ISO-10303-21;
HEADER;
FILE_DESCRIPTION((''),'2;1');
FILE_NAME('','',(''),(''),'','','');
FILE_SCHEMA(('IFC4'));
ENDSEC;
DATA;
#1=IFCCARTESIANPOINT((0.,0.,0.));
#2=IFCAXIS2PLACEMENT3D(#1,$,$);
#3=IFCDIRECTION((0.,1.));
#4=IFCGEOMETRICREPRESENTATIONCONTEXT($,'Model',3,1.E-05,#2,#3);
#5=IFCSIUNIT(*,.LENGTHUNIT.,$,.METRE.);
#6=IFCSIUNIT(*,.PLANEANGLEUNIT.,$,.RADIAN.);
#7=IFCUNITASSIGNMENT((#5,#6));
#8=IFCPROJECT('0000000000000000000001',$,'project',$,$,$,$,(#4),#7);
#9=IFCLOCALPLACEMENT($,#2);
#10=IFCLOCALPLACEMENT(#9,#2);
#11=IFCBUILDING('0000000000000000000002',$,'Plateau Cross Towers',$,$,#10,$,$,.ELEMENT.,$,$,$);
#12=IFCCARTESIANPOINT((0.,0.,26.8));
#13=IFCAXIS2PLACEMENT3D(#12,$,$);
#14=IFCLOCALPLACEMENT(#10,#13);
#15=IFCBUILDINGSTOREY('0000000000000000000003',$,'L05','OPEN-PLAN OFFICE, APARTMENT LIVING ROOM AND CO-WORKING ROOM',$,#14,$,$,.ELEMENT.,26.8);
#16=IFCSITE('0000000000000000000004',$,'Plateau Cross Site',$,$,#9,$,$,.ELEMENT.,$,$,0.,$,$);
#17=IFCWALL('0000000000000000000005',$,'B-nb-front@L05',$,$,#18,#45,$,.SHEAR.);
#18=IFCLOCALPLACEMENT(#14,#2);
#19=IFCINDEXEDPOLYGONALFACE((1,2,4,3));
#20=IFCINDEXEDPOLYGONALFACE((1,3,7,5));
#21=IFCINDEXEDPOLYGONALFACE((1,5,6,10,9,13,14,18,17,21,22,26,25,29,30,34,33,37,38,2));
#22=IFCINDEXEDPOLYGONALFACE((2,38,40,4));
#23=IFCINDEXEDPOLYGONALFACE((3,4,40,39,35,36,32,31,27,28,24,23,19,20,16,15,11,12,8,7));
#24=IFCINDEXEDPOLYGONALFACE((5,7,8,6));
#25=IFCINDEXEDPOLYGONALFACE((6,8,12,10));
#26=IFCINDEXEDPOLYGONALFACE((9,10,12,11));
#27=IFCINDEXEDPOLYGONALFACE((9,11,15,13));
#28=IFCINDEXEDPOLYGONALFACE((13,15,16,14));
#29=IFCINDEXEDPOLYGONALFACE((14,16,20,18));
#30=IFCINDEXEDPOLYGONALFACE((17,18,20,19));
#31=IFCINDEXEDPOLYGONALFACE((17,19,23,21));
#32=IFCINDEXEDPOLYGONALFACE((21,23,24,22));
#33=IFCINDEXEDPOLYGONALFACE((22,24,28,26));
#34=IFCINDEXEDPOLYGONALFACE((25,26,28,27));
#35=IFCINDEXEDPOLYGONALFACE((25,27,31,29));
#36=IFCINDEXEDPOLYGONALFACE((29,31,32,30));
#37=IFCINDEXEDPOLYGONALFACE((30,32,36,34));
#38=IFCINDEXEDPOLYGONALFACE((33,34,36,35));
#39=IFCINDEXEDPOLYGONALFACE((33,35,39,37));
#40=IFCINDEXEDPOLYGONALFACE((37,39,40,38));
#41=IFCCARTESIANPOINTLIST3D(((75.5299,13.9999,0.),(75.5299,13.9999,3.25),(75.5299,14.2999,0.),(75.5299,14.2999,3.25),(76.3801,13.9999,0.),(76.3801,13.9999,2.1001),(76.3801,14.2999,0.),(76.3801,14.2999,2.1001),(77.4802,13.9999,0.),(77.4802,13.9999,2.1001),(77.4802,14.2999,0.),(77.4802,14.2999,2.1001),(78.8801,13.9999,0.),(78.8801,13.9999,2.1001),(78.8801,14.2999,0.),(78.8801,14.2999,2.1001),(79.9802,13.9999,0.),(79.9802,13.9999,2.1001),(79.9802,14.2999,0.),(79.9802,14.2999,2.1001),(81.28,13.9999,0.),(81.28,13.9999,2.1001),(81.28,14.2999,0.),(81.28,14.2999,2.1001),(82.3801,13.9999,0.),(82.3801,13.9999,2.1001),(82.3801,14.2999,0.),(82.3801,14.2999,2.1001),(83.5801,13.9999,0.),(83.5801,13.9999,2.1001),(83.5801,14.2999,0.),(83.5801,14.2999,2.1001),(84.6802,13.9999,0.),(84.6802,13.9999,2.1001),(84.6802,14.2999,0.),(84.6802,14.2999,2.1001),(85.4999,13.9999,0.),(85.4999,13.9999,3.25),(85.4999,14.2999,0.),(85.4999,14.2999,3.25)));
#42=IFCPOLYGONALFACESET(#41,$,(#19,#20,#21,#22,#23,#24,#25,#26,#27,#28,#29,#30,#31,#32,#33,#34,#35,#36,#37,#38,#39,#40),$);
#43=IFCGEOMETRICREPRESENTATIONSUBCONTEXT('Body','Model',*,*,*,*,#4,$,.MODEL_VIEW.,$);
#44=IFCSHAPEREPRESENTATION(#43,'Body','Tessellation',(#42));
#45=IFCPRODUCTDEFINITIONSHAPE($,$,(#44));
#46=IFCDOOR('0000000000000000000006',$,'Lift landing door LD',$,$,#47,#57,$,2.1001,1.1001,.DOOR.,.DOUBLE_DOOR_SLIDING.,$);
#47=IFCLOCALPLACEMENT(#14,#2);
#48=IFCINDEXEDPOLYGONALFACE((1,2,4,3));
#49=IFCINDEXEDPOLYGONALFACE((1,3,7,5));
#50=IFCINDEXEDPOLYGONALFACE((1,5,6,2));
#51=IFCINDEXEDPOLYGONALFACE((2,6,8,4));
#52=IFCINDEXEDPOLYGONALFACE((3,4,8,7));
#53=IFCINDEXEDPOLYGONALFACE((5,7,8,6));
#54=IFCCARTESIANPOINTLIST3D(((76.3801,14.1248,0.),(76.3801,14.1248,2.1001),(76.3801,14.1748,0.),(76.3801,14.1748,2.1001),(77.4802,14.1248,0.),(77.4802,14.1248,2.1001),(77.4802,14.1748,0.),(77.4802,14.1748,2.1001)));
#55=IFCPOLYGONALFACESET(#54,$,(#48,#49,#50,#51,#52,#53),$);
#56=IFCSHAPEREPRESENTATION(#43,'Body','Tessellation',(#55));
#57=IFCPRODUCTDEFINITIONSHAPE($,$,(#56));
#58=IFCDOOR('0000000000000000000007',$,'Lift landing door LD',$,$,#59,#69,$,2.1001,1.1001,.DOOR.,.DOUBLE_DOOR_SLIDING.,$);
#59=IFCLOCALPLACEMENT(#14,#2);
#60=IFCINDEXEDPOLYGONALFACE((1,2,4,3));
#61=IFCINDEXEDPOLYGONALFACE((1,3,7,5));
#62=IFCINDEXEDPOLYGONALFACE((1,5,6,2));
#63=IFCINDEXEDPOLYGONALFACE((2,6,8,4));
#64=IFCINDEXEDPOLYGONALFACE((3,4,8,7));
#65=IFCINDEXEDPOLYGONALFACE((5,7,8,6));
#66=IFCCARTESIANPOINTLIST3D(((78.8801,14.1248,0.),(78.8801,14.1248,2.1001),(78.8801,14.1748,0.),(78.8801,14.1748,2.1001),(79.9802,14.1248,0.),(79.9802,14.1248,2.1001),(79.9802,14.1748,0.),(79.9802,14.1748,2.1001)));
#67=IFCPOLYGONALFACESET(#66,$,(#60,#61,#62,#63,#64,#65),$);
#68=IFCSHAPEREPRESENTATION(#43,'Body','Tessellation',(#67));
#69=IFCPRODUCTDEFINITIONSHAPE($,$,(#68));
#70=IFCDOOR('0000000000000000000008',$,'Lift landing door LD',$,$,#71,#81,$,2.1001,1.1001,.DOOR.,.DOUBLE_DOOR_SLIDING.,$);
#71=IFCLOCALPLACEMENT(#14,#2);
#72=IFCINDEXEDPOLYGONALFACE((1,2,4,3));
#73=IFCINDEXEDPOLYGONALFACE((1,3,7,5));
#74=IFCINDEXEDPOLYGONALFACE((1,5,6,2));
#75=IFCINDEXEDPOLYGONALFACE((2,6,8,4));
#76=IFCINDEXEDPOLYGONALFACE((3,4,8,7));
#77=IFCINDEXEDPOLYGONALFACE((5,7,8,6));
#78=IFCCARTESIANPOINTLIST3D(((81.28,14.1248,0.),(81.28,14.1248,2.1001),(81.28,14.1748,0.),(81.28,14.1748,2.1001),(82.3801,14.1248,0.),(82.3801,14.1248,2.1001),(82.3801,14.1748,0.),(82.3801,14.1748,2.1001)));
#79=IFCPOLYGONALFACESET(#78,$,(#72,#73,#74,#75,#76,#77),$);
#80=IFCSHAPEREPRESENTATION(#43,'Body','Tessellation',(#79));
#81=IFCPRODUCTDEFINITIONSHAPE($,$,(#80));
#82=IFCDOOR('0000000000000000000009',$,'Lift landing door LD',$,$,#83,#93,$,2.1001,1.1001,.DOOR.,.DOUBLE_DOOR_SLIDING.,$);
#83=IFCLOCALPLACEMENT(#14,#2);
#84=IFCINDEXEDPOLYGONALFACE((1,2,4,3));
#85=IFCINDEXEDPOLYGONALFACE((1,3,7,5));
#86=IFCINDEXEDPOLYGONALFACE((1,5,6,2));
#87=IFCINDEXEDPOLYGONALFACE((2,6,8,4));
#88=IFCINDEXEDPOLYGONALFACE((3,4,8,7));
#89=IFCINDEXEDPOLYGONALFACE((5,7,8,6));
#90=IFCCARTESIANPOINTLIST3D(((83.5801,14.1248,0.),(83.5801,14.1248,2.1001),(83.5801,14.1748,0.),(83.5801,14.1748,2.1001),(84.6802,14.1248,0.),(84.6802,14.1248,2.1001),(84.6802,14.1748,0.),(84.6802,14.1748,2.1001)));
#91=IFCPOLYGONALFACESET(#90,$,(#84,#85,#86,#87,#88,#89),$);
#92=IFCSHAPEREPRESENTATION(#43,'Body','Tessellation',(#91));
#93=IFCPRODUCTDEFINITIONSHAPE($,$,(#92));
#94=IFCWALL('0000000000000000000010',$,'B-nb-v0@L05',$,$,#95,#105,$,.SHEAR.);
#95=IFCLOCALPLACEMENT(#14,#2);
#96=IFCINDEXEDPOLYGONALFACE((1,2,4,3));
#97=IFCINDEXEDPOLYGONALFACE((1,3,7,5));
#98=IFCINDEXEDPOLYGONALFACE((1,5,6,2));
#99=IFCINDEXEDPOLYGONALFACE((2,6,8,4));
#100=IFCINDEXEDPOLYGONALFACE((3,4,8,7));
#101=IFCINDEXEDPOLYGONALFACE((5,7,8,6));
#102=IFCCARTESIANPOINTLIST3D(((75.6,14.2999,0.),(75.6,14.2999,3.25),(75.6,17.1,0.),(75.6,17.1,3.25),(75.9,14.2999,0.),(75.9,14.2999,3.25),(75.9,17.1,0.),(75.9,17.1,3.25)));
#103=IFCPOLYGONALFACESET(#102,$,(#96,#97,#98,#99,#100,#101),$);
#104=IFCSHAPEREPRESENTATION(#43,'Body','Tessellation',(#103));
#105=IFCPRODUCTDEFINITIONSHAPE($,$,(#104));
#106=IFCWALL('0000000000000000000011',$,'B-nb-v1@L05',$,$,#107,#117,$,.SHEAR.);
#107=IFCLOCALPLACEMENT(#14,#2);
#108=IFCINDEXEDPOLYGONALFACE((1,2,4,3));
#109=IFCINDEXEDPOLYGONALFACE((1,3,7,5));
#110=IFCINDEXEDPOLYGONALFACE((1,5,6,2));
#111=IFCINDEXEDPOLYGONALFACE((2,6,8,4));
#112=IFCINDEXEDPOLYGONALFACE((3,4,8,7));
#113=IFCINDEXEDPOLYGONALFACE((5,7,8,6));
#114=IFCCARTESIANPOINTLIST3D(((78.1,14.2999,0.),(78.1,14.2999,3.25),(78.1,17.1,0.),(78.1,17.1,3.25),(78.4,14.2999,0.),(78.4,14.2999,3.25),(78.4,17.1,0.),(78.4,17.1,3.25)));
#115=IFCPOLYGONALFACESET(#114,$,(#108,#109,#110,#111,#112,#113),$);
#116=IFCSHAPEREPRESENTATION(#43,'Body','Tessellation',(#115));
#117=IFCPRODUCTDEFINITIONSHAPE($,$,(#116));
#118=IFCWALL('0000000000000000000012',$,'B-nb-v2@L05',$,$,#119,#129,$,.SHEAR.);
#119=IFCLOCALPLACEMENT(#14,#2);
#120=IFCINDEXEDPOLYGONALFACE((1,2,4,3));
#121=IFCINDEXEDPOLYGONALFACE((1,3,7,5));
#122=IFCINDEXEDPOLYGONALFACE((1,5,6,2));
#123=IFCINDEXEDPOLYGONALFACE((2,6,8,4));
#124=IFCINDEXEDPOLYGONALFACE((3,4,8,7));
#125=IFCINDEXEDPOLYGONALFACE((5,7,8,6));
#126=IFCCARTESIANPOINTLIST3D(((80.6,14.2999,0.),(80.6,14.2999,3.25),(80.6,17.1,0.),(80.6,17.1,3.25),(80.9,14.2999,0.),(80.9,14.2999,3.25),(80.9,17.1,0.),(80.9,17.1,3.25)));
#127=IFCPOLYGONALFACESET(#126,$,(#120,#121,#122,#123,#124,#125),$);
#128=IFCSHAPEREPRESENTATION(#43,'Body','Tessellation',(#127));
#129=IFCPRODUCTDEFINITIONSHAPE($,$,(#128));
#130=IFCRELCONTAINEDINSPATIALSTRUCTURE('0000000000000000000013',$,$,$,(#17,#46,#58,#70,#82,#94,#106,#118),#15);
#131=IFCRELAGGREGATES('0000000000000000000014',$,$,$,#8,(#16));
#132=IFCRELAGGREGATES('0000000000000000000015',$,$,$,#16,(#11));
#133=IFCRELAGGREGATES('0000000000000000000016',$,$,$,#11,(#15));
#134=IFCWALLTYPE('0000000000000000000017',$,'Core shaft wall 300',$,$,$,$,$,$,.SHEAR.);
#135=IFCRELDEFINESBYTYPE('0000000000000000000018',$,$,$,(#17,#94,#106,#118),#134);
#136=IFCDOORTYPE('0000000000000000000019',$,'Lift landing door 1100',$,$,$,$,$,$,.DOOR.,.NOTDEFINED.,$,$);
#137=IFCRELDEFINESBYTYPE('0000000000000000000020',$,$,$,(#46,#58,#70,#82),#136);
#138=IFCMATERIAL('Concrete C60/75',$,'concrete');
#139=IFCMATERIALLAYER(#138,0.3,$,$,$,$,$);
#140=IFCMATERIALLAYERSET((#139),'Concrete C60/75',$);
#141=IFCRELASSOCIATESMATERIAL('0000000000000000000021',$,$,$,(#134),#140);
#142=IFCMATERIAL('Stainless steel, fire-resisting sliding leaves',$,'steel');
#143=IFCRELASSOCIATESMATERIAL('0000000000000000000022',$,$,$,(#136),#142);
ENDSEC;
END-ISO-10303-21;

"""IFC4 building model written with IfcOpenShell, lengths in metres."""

from ifc_helpers import new_model, si_unit, direction, frame, frame_2d, origin, place, context, subcontext, project, spatial, rectangle, extrude, material, layer, layer_set, type_object, element, fill, save


model = new_model("IFC4")

# Units and contexts
model_context = context("Model", 3, precision=1e-05, world=origin(), true_north=direction((0.0, 1.0)))
body_context = subcontext(model_context, "Body", "Model", "MODEL_VIEW")
ifc_project = project(units=[si_unit("LENGTHUNIT", "METRE"), si_unit("PLANEANGLEUNIT", "RADIAN")], contexts=[model_context])

# Site, building, storey
site_placement = place(None, origin())
site = spatial("IfcSite", under=ifc_project, at=site_placement, Name="Plateau Cross Site", CompositionType="ELEMENT", RefElevation=0.0)
building_placement = place(site_placement, origin())
building = spatial("IfcBuilding", under=site, at=building_placement, Name="Plateau Cross Towers", CompositionType="ELEMENT")
storey_placement = place(building_placement, frame((0.0, 0.0, 26.8)))
storey = spatial("IfcBuildingStorey", under=building, at=storey_placement, Name="L05", Description="OPEN-PLAN OFFICE, APARTMENT LIVING ROOM AND CO-WORKING ROOM", CompositionType="ELEMENT", Elevation=26.8)

# Shared definitions
ifc_material_1 = material(Name="Concrete C60/75", Category="concrete")

# Wall, openings, doors
ifc_layer_1 = layer(ifc_material_1, 0.3)
ifc_layer_set_1 = layer_set([ifc_layer_1], Name="Concrete C60/75")
wall_type_1 = type_object("IfcWallType", Name="Core shaft wall 300", PredefinedType="SHEAR", material=ifc_layer_set_1)
wall_1_placement = place(storey_placement, frame((75.53, 14.1499, 0.0), z_axis=(0.0, 0.0, 1.0), x_axis=(1.0, 0.0, 0.0)))
wall_1 = element("IfcWall", 1, at=wall_1_placement, inside=storey, type_object=wall_type_1, Name="B-nb-front@L05", PredefinedType="SHEAR", context=body_context, shape_type="SweptSolid", body=[
    extrude(rectangle(XDim=9.97, YDim=0.3, at=frame_2d((4.9849, 0.0))), origin(), (0.0, 0.0, 1.0), 3.25),
])
opening_1_placement = place(wall_1_placement, frame((0.8501, 0.0, 0.0)))
opening_1 = element("IfcOpeningElement", 2, at=opening_1_placement, cuts=wall_1, PredefinedType="OPENING", context=body_context, shape_type="SweptSolid", body=[
    extrude(rectangle(XDim=1.1001, YDim=2.1001, at=frame_2d((0.55, 1.05))), frame((0.0, 0.1599, 0.0), z_axis=(0.0, -1.0, 0.0), x_axis=(1.0, 0.0, 0.0)), (0.0, 0.0, 1.0), 0.3201),
])
opening_2_placement = place(wall_1_placement, frame((3.3501, 0.0, 0.0)))
opening_2 = element("IfcOpeningElement", 3, at=opening_2_placement, cuts=wall_1, PredefinedType="OPENING", context=body_context, shape_type="SweptSolid", body=[
    extrude(rectangle(XDim=1.1001, YDim=2.1001, at=frame_2d((0.55, 1.05))), frame((0.0, 0.1599, 0.0), z_axis=(0.0, -1.0, 0.0), x_axis=(1.0, 0.0, 0.0)), (0.0, 0.0, 1.0), 0.3201),
])
opening_3_placement = place(wall_1_placement, frame((5.75, 0.0, 0.0)))
opening_3 = element("IfcOpeningElement", 4, at=opening_3_placement, cuts=wall_1, PredefinedType="OPENING", context=body_context, shape_type="SweptSolid", body=[
    extrude(rectangle(XDim=1.1001, YDim=2.1001, at=frame_2d((0.55, 1.05))), frame((0.0, 0.1599, 0.0), z_axis=(0.0, -1.0, 0.0), x_axis=(1.0, 0.0, 0.0)), (0.0, 0.0, 1.0), 0.3201),
])
opening_4_placement = place(wall_1_placement, frame((8.05, 0.0, 0.0)))
opening_4 = element("IfcOpeningElement", 5, at=opening_4_placement, cuts=wall_1, PredefinedType="OPENING", context=body_context, shape_type="SweptSolid", body=[
    extrude(rectangle(XDim=1.1001, YDim=2.1001, at=frame_2d((0.55, 1.05))), frame((0.0, 0.1599, 0.0), z_axis=(0.0, -1.0, 0.0), x_axis=(1.0, 0.0, 0.0)), (0.0, 0.0, 1.0), 0.3201),
])
ifc_material_2 = material(Name="Stainless steel, fire-resisting sliding leaves", Category="steel")
door_type_1 = type_object("IfcDoorType", Name="Lift landing door 1100", OperationType="NOTDEFINED", PredefinedType="DOOR", material=ifc_material_2)
door_1_placement = place(opening_1_placement, origin())
door_1 = element("IfcDoor", 6, at=door_1_placement, inside=storey, type_object=door_type_1, Name="Lift landing door LD", OperationType="DOUBLE_DOOR_SLIDING", OverallHeight=2.1001, OverallWidth=1.1001, PredefinedType="DOOR", context=body_context, shape_type="SweptSolid", body=[
    extrude(rectangle(XDim=1.1001, YDim=2.1001, at=frame_2d((0.55, 1.05))), frame((0.0, 0.0249, 0.0), z_axis=(0.0, -1.0, 0.0), x_axis=(1.0, 0.0, 0.0)), (0.0, 0.0, 1.0), 0.05),
])
fill(opening_1, door_1)
door_2_placement = place(opening_2_placement, origin())
door_2 = element("IfcDoor", 7, at=door_2_placement, inside=storey, type_object=door_type_1, Name="Lift landing door LD", OperationType="DOUBLE_DOOR_SLIDING", OverallHeight=2.1001, OverallWidth=1.1001, PredefinedType="DOOR", context=body_context, shape_type="SweptSolid", body=[
    extrude(rectangle(XDim=1.1001, YDim=2.1001, at=frame_2d((0.55, 1.05))), frame((0.0, 0.0249, 0.0), z_axis=(0.0, -1.0, 0.0), x_axis=(1.0, 0.0, 0.0)), (0.0, 0.0, 1.0), 0.05),
])
fill(opening_2, door_2)
door_3_placement = place(opening_3_placement, origin())
door_3 = element("IfcDoor", 8, at=door_3_placement, inside=storey, type_object=door_type_1, Name="Lift landing door LD", OperationType="DOUBLE_DOOR_SLIDING", OverallHeight=2.1001, OverallWidth=1.1001, PredefinedType="DOOR", context=body_context, shape_type="SweptSolid", body=[
    extrude(rectangle(XDim=1.1001, YDim=2.1001, at=frame_2d((0.55, 1.05))), frame((0.0, 0.0249, 0.0), z_axis=(0.0, -1.0, 0.0), x_axis=(1.0, 0.0, 0.0)), (0.0, 0.0, 1.0), 0.05),
])
fill(opening_3, door_3)
door_4_placement = place(opening_4_placement, origin())
door_4 = element("IfcDoor", 9, at=door_4_placement, inside=storey, type_object=door_type_1, Name="Lift landing door LD", OperationType="DOUBLE_DOOR_SLIDING", OverallHeight=2.1001, OverallWidth=1.1001, PredefinedType="DOOR", context=body_context, shape_type="SweptSolid", body=[
    extrude(rectangle(XDim=1.1001, YDim=2.1001, at=frame_2d((0.55, 1.05))), frame((0.0, 0.0249, 0.0), z_axis=(0.0, -1.0, 0.0), x_axis=(1.0, 0.0, 0.0)), (0.0, 0.0, 1.0), 0.05),
])
fill(opening_4, door_4)

# Walls
for number, where, z_axis, x_axis, name in (
    (10, (75.75, 14.3, 0.0), (0.0, 0.0, 1.0), (0.0, 1.0, 0.0), "B-nb-v0@L05"),
    (11, (78.25, 14.3, 0.0), (0.0, 0.0, 1.0), (0.0, 1.0, 0.0), "B-nb-v1@L05"),
    (12, (80.75, 14.3, 0.0), (0.0, 0.0, 1.0), (0.0, 1.0, 0.0), "B-nb-v2@L05"),
):
    element("IfcWall", number, at=place(storey_placement, frame(where, z_axis=z_axis, x_axis=x_axis)), inside=storey, type_object=wall_type_1, Name=name, PredefinedType="SHEAR", context=body_context, shape_type="SweptSolid", body=[
        extrude(rectangle(XDim=2.8, YDim=0.3, at=frame_2d((1.3999, 0.0))), origin(), (0.0, 0.0, 1.0), 3.25),
    ])

save(model, "model.ifc")
